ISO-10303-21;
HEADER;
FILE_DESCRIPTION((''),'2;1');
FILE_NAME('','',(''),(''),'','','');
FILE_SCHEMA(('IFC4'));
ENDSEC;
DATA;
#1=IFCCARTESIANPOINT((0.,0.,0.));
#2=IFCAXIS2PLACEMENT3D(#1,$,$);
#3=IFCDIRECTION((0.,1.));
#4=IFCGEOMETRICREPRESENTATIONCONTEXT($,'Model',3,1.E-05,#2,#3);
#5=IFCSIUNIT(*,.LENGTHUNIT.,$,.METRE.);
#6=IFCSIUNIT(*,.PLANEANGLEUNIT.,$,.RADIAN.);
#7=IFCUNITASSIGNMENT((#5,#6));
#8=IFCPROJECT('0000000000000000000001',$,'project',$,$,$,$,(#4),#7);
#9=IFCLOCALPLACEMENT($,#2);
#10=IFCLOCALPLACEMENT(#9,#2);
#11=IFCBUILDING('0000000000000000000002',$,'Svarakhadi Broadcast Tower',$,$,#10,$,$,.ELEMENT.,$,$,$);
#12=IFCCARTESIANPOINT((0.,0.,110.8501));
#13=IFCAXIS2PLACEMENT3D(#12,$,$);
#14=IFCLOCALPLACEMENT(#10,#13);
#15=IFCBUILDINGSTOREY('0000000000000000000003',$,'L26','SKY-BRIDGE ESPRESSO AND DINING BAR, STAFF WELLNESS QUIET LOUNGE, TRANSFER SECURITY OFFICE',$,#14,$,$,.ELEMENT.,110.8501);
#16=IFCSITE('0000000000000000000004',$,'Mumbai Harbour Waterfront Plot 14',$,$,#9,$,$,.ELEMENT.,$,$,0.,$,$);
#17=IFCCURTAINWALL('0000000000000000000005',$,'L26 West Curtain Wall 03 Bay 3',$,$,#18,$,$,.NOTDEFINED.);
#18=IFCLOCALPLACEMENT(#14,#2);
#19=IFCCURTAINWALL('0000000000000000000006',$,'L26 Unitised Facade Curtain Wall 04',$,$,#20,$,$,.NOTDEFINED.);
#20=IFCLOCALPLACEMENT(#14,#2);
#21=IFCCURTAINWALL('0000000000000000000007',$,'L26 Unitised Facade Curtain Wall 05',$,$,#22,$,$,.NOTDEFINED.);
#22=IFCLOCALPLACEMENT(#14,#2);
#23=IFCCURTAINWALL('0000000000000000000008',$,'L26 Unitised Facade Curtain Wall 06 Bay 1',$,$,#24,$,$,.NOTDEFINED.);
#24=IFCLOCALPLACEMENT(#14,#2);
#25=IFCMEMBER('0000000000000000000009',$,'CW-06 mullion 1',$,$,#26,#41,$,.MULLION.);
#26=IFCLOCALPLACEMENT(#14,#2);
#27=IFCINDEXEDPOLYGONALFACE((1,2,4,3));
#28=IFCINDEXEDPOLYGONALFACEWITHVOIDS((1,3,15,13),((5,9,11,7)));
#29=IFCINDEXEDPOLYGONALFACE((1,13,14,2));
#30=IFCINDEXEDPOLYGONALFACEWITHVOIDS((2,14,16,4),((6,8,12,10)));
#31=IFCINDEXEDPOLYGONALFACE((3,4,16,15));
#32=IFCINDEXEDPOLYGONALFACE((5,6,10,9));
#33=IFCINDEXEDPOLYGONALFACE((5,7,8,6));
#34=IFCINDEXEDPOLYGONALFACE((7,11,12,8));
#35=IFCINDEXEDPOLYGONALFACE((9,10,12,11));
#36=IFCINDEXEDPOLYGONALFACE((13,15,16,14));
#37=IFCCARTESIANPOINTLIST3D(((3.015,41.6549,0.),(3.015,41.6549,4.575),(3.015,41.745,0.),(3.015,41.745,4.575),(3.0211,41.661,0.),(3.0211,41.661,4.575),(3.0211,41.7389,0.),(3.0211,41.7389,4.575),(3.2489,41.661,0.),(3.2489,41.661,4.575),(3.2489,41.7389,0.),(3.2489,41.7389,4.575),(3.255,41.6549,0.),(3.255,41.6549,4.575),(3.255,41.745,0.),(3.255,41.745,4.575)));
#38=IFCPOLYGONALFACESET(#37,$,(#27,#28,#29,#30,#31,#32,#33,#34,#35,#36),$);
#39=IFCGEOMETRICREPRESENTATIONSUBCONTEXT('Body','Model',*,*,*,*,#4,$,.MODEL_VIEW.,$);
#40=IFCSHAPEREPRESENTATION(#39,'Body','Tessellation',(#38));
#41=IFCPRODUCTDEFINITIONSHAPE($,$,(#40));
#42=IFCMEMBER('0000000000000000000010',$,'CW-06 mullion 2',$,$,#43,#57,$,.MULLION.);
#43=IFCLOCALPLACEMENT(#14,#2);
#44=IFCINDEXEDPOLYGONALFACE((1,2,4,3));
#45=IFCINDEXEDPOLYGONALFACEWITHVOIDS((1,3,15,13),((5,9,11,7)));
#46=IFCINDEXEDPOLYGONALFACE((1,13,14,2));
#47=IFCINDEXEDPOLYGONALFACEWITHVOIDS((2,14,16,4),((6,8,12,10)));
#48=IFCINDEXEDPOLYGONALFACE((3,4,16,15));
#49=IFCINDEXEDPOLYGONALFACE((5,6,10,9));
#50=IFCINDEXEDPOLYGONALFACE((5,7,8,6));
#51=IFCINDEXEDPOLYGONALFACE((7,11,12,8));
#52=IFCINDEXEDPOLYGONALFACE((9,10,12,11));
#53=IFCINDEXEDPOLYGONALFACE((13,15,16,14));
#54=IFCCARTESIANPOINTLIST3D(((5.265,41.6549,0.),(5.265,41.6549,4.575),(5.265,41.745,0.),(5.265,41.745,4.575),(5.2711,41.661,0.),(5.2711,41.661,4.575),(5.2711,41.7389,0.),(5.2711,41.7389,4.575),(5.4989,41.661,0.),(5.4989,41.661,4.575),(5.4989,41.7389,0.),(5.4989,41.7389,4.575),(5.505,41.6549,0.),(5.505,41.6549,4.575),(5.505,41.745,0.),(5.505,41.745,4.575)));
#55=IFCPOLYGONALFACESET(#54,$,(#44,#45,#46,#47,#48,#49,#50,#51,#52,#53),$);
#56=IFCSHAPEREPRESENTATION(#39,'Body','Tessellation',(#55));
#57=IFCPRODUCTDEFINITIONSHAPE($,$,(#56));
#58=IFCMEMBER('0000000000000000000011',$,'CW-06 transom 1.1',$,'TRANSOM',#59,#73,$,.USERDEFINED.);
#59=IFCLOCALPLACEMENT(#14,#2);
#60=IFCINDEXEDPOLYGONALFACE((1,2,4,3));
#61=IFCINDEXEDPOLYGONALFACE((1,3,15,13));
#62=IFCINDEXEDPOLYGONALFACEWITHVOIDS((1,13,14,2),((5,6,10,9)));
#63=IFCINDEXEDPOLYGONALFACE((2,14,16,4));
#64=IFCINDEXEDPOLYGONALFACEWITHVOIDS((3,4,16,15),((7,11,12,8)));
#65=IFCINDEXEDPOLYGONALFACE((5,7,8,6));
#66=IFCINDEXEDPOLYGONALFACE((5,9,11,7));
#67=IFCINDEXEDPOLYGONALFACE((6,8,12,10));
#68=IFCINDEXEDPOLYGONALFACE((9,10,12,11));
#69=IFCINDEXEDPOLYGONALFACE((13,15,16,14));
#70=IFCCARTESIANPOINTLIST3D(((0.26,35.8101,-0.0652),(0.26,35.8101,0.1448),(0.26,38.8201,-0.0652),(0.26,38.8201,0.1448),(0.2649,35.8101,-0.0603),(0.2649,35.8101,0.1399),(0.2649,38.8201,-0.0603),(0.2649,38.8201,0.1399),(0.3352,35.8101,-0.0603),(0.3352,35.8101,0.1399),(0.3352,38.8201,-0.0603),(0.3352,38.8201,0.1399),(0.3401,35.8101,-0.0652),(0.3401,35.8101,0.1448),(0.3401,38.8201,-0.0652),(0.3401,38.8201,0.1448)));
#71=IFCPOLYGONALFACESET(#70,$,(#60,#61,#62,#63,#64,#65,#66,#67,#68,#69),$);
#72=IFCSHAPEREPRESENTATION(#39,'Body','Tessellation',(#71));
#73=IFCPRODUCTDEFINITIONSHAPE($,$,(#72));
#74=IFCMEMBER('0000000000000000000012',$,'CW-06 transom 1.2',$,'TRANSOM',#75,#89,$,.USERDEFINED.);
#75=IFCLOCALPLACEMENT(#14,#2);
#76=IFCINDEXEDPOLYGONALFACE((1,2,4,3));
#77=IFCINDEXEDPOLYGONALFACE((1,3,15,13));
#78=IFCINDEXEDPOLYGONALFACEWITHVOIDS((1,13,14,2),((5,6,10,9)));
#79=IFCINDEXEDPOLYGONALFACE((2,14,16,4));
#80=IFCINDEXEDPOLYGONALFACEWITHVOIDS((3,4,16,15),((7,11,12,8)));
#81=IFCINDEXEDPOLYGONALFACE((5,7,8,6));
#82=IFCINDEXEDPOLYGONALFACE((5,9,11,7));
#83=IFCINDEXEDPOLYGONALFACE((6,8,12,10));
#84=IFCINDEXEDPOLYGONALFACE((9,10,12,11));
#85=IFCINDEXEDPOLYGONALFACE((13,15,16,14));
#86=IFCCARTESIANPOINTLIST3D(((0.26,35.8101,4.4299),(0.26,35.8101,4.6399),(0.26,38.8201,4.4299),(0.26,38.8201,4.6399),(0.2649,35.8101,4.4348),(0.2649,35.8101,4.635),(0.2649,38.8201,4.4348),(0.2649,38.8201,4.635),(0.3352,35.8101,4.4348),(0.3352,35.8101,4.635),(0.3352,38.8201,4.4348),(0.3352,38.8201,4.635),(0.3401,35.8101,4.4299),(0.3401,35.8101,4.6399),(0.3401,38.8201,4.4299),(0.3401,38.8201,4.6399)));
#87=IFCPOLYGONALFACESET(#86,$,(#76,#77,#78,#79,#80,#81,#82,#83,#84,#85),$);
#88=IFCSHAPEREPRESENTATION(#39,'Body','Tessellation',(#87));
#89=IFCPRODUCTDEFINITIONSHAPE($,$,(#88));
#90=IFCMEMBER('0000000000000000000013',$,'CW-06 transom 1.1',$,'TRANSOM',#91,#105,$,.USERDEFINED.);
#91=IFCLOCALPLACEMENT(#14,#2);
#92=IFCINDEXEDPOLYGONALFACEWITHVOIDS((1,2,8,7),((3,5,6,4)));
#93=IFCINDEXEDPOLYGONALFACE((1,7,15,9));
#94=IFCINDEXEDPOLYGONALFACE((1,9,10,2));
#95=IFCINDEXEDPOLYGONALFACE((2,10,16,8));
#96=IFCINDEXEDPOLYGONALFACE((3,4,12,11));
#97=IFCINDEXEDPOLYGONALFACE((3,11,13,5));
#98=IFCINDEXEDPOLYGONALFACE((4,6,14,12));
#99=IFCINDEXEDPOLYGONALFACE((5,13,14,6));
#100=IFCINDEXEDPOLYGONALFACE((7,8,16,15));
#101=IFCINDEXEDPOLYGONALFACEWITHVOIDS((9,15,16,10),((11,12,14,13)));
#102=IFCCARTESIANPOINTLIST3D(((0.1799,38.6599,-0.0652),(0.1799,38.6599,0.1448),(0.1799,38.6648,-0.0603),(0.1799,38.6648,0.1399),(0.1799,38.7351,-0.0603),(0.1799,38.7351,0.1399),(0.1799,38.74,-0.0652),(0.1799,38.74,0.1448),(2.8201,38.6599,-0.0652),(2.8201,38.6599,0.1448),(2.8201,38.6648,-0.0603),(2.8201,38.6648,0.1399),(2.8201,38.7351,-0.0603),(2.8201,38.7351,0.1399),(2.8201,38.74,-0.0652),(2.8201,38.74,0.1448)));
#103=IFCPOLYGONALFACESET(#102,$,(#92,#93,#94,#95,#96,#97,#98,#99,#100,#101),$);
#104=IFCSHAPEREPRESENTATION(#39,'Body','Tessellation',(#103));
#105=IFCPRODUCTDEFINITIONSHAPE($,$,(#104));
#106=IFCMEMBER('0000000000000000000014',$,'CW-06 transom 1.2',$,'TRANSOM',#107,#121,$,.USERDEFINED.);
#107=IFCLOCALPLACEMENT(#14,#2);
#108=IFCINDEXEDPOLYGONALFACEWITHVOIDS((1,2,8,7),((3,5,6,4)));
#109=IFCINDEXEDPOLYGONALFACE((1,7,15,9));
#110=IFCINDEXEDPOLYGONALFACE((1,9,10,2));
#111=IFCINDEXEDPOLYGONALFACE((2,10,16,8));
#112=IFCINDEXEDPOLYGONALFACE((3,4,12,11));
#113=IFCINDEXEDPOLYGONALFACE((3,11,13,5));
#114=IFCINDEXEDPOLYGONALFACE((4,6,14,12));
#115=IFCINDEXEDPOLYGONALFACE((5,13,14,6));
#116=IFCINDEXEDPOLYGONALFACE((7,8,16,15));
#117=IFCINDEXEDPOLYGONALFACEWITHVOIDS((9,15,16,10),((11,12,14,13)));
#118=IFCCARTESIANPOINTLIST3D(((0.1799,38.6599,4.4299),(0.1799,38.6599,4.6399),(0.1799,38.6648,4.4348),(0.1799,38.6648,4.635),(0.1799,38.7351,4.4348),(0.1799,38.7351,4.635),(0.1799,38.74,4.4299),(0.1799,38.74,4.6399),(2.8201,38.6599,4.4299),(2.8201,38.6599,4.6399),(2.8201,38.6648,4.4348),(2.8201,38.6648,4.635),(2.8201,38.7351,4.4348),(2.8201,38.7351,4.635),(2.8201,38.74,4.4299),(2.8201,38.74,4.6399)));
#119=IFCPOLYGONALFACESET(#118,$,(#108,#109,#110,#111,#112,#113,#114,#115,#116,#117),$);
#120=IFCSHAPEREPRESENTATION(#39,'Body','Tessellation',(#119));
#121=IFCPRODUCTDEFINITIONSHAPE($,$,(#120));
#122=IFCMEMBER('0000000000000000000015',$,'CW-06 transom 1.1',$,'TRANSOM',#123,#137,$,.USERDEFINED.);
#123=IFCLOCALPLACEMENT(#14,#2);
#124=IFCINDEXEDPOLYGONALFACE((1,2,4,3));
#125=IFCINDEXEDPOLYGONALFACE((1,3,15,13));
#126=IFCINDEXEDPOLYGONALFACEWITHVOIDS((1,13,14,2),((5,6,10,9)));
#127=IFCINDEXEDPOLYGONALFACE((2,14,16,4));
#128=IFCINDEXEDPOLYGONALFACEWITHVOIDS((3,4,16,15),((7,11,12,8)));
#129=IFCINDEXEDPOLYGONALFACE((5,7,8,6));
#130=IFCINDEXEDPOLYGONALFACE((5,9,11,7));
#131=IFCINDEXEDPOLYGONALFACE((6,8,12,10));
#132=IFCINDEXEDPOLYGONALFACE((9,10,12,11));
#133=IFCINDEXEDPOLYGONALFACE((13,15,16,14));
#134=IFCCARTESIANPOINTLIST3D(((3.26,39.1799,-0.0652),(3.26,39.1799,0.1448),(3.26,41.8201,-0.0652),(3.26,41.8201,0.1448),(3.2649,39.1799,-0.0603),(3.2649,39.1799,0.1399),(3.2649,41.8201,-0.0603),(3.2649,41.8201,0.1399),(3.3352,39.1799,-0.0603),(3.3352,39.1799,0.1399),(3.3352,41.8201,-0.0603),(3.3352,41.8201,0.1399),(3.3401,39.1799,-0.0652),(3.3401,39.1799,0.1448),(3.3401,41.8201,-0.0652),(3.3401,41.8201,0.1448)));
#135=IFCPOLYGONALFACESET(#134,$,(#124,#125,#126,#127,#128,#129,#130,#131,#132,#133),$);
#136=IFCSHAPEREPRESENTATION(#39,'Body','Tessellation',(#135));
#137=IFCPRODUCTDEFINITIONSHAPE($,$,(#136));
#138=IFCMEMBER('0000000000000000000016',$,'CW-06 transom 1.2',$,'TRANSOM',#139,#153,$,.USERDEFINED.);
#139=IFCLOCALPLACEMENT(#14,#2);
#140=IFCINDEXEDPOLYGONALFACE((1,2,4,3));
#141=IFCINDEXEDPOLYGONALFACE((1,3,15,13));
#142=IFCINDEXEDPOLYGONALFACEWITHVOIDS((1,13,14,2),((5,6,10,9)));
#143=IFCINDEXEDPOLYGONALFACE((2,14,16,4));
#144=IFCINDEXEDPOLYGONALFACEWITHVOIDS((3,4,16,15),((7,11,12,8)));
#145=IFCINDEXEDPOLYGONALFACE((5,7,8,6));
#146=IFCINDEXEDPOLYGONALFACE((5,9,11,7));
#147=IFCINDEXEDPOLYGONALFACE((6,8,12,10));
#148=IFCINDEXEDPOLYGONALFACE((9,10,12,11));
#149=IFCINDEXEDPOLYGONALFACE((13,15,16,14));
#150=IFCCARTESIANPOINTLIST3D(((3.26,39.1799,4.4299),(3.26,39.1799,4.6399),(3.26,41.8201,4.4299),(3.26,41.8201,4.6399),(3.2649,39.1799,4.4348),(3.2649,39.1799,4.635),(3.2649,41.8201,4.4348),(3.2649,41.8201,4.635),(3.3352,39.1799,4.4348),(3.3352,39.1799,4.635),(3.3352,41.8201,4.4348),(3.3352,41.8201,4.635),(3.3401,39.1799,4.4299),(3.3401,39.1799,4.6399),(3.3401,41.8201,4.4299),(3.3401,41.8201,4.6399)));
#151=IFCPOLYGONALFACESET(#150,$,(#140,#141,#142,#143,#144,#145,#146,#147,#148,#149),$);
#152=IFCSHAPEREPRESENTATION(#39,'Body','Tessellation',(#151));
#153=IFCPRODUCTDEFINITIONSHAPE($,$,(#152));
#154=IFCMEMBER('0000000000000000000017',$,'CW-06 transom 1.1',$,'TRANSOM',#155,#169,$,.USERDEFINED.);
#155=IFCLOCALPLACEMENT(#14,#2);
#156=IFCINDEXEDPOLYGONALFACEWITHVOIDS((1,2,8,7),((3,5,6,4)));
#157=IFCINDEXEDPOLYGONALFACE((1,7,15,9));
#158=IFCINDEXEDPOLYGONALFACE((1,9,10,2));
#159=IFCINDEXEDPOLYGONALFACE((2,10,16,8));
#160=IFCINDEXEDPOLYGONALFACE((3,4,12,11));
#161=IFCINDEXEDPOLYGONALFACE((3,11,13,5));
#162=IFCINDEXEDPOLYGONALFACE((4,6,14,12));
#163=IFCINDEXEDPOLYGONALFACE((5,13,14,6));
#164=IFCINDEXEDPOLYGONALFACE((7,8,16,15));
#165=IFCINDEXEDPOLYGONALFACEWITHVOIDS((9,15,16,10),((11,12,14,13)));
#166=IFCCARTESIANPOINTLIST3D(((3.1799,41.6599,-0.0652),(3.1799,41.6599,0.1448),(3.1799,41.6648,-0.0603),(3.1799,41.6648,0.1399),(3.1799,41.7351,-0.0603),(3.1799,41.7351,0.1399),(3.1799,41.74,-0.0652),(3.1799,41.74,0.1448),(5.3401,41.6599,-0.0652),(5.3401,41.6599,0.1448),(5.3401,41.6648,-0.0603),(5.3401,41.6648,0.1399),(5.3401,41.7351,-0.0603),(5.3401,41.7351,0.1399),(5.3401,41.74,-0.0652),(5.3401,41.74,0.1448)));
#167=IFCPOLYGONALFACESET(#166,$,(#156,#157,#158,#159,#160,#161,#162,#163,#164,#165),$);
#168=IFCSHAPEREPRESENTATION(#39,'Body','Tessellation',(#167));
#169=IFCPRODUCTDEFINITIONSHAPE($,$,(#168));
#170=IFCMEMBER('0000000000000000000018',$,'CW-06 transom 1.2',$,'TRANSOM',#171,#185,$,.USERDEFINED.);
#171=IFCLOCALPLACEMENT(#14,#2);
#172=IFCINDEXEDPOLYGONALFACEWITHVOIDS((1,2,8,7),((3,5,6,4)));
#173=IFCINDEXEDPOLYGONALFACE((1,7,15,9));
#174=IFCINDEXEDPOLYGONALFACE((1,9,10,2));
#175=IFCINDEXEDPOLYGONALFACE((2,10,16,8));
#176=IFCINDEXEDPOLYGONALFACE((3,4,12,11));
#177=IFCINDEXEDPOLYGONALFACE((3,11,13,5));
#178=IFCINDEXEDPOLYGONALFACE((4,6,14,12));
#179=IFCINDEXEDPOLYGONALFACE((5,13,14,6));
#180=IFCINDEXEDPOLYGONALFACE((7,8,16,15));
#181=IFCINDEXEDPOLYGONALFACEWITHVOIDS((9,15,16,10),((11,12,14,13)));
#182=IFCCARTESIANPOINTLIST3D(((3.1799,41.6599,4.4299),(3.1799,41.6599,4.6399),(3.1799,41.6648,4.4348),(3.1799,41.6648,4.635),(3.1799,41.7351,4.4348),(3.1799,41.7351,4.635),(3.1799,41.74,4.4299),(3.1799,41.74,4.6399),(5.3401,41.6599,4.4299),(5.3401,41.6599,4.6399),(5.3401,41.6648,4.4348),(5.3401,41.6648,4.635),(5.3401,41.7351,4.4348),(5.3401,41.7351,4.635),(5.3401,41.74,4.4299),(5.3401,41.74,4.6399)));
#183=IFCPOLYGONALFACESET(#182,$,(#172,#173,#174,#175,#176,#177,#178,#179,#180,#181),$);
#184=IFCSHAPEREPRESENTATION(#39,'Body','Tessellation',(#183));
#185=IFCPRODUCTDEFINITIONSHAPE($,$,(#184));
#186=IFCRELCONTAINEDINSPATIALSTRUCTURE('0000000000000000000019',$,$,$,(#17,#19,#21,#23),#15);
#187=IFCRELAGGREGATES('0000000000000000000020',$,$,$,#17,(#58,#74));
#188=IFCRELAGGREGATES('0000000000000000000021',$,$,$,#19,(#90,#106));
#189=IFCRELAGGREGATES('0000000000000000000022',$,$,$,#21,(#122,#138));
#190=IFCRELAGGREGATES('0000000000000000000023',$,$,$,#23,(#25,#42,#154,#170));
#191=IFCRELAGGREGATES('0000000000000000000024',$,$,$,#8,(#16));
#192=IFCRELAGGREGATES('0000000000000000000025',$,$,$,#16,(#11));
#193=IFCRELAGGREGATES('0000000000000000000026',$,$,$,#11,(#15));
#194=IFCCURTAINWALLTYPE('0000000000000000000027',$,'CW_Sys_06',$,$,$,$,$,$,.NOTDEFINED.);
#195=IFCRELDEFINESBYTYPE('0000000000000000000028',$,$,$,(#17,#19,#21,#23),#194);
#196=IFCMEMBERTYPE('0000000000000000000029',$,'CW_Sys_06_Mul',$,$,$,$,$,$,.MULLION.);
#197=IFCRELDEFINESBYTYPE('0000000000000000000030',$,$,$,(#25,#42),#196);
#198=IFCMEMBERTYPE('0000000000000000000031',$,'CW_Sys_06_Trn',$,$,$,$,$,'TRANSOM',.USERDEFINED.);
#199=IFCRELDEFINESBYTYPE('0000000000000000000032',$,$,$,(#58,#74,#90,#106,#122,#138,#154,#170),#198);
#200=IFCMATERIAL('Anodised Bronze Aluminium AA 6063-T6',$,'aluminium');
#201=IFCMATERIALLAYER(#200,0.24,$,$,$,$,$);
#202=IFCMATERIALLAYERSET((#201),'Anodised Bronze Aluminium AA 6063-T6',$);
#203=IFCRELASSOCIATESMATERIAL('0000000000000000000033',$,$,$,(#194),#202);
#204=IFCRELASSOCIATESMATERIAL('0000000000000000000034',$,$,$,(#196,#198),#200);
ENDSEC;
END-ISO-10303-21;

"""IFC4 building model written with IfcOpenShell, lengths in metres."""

from ifc_helpers import new_model, si_unit, direction, frame, origin, origin_2d, place, context, subcontext, project, spatial, hollow_rectangle, extrude, material, layer, layer_set, material_profile, profile_set, type_object, element, aggregate, save


model = new_model("IFC4")

# Units and contexts
model_context = context("Model", 3, precision=1e-05, world=origin(), true_north=direction((0.0, 1.0)))
body_context = subcontext(model_context, "Body", "Model", "MODEL_VIEW")
ifc_project = project(units=[si_unit("LENGTHUNIT", "METRE"), si_unit("PLANEANGLEUNIT", "RADIAN")], contexts=[model_context])

# Site, building, storey
site_placement = place(None, origin())
site = spatial("IfcSite", under=ifc_project, at=site_placement, Name="Mumbai Harbour Waterfront Plot 14", CompositionType="ELEMENT", RefElevation=0.0)
building_placement = place(site_placement, origin())
building = spatial("IfcBuilding", under=site, at=building_placement, Name="Svarakhadi Broadcast Tower", CompositionType="ELEMENT")
storey_placement = place(building_placement, frame((0.0, 0.0, 110.8501)))
storey = spatial("IfcBuildingStorey", under=building, at=storey_placement, Name="L26", Description="SKY-BRIDGE ESPRESSO AND DINING BAR, STAFF WELLNESS QUIET LOUNGE, TRANSFER SECURITY OFFICE", CompositionType="ELEMENT", Elevation=110.8501)

# Shared definitions
ifc_material_1 = material(Name="Anodised Bronze Aluminium AA 6063-T6", Category="aluminium")
ifc_layer_1 = layer(ifc_material_1, 0.24)
ifc_layer_set_1 = layer_set([ifc_layer_1], Name="Anodised Bronze Aluminium AA 6063-T6")
curtain_wall_type = type_object("IfcCurtainWallType", Name="CW_Sys_06", PredefinedType="NOTDEFINED", material=ifc_layer_set_1)
ifc_material_profile_1 = material_profile(ifc_material_1, hollow_rectangle(XDim=0.0901, YDim=0.24, WallThickness=0.0061, at=origin_2d()), Name="ALU MULLION 240x90x6")
ifc_profile_set_1 = profile_set([ifc_material_profile_1], Name="Anodised Bronze Aluminium AA 6063-T6")
member_type_1 = type_object("IfcMemberType", Name="CW_Sys_06_Mul", PredefinedType="MULLION", material=ifc_profile_set_1)

# Curtain walls, members
curtain_wall_1_placement = place(storey_placement, origin())
curtain_wall_1 = element("IfcCurtainWall", 1, at=curtain_wall_1_placement, inside=storey, type_object=curtain_wall_type, Name="L26 West Curtain Wall 03 Bay 3", PredefinedType="NOTDEFINED")
curtain_wall_2_placement = place(storey_placement, origin())
curtain_wall_2 = element("IfcCurtainWall", 2, at=curtain_wall_2_placement, inside=storey, type_object=curtain_wall_type, Name="L26 Unitised Facade Curtain Wall 04", PredefinedType="NOTDEFINED")
curtain_wall_3_placement = place(storey_placement, origin())
curtain_wall_3 = element("IfcCurtainWall", 3, at=curtain_wall_3_placement, inside=storey, type_object=curtain_wall_type, Name="L26 Unitised Facade Curtain Wall 05", PredefinedType="NOTDEFINED")
curtain_wall_4_placement = place(storey_placement, origin())
curtain_wall_4 = element("IfcCurtainWall", 4, at=curtain_wall_4_placement, inside=storey, type_object=curtain_wall_type, Name="L26 Unitised Facade Curtain Wall 06 Bay 1", PredefinedType="NOTDEFINED")
member_1_placement = place(storey_placement, frame((3.135, 41.7, 0.0), z_axis=(0.0, 0.0, 1.0), x_axis=(0.0, 1.0, 0.0)))
member_1 = element("IfcMember", 5, at=member_1_placement, type_object=member_type_1, Name="CW-06 mullion 1", PredefinedType="MULLION", context=body_context, shape_type="SweptSolid", body=[
    extrude(hollow_rectangle(XDim=0.0901, YDim=0.24, WallThickness=0.0061, at=origin_2d()), origin(), (0.0, 0.0, 1.0), 4.575),
])
member_2_placement = place(storey_placement, frame((5.385, 41.7, 0.0), z_axis=(0.0, 0.0, 1.0), x_axis=(0.0, 1.0, 0.0)))
member_2 = element("IfcMember", 6, at=member_2_placement, type_object=member_type_1, Name="CW-06 mullion 2", PredefinedType="MULLION", context=body_context, shape_type="SweptSolid", body=[
    extrude(hollow_rectangle(XDim=0.0901, YDim=0.24, WallThickness=0.0061, at=origin_2d()), origin(), (0.0, 0.0, 1.0), 4.575),
])

# Members
ifc_material_profile_2 = material_profile(ifc_material_1, hollow_rectangle(XDim=0.0801, YDim=0.21, WallThickness=0.0049, at=origin_2d()), Name="ALU TRANSOM 210x80x5")
ifc_profile_set_2 = profile_set([ifc_material_profile_2], Name="Anodised Bronze Aluminium AA 6063-T6")
member_type_2 = type_object("IfcMemberType", Name="CW_Sys_06_Trn", ElementType="TRANSOM", PredefinedType="USERDEFINED", material=ifc_profile_set_2)
member_3_placement = place(storey_placement, frame((0.3, 35.8101, 0.0398), z_axis=(0.0, 1.0, 0.0), x_axis=(-1.0, 0.0, 0.0)))
member_3 = element("IfcMember", 7, at=member_3_placement, type_object=member_type_2, Name="CW-06 transom 1.1", ObjectType="TRANSOM", PredefinedType="USERDEFINED", context=body_context, shape_type="SweptSolid", body=[
    extrude(hollow_rectangle(XDim=0.0801, YDim=0.21, WallThickness=0.0049, at=origin_2d()), origin(), (0.0, 0.0, 1.0), 3.01),
])
member_4_placement = place(storey_placement, frame((0.3, 35.8101, 4.5349), z_axis=(0.0, 1.0, 0.0), x_axis=(-1.0, 0.0, 0.0)))
member_4 = element("IfcMember", 8, at=member_4_placement, type_object=member_type_2, Name="CW-06 transom 1.2", ObjectType="TRANSOM", PredefinedType="USERDEFINED", context=body_context, shape_type="SweptSolid", body=[
    extrude(hollow_rectangle(XDim=0.0801, YDim=0.21, WallThickness=0.0049, at=origin_2d()), origin(), (0.0, 0.0, 1.0), 3.01),
])
member_5_placement = place(storey_placement, frame((0.1799, 38.7, 0.0398), z_axis=(1.0, 0.0, 0.0), x_axis=(0.0, 1.0, 0.0)))
member_5 = element("IfcMember", 9, at=member_5_placement, type_object=member_type_2, Name="CW-06 transom 1.1", ObjectType="TRANSOM", PredefinedType="USERDEFINED", context=body_context, shape_type="SweptSolid", body=[
    extrude(hollow_rectangle(XDim=0.0801, YDim=0.21, WallThickness=0.0049, at=origin_2d()), origin(), (0.0, 0.0, 1.0), 2.6401),
])
member_6_placement = place(storey_placement, frame((0.1799, 38.7, 4.5349), z_axis=(1.0, 0.0, 0.0), x_axis=(0.0, 1.0, 0.0)))
member_6 = element("IfcMember", 10, at=member_6_placement, type_object=member_type_2, Name="CW-06 transom 1.2", ObjectType="TRANSOM", PredefinedType="USERDEFINED", context=body_context, shape_type="SweptSolid", body=[
    extrude(hollow_rectangle(XDim=0.0801, YDim=0.21, WallThickness=0.0049, at=origin_2d()), origin(), (0.0, 0.0, 1.0), 2.6401),
])
member_7_placement = place(storey_placement, frame((3.3, 39.1799, 0.0398), z_axis=(0.0, 1.0, 0.0), x_axis=(-1.0, 0.0, 0.0)))
member_7 = element("IfcMember", 11, at=member_7_placement, type_object=member_type_2, Name="CW-06 transom 1.1", ObjectType="TRANSOM", PredefinedType="USERDEFINED", context=body_context, shape_type="SweptSolid", body=[
    extrude(hollow_rectangle(XDim=0.0801, YDim=0.21, WallThickness=0.0049, at=origin_2d()), origin(), (0.0, 0.0, 1.0), 2.6401),
])
member_8_placement = place(storey_placement, frame((3.3, 39.1799, 4.5349), z_axis=(0.0, 1.0, 0.0), x_axis=(-1.0, 0.0, 0.0)))
member_8 = element("IfcMember", 12, at=member_8_placement, type_object=member_type_2, Name="CW-06 transom 1.2", ObjectType="TRANSOM", PredefinedType="USERDEFINED", context=body_context, shape_type="SweptSolid", body=[
    extrude(hollow_rectangle(XDim=0.0801, YDim=0.21, WallThickness=0.0049, at=origin_2d()), origin(), (0.0, 0.0, 1.0), 2.6401),
])
member_9_placement = place(storey_placement, frame((3.1799, 41.7, 0.0398), z_axis=(1.0, 0.0, 0.0), x_axis=(0.0, 1.0, 0.0)))
member_9 = element("IfcMember", 13, at=member_9_placement, type_object=member_type_2, Name="CW-06 transom 1.1", ObjectType="TRANSOM", PredefinedType="USERDEFINED", context=body_context, shape_type="SweptSolid", body=[
    extrude(hollow_rectangle(XDim=0.0801, YDim=0.21, WallThickness=0.0049, at=origin_2d()), origin(), (0.0, 0.0, 1.0), 2.1602),
])
member_10_placement = place(storey_placement, frame((3.1799, 41.7, 4.5349), z_axis=(1.0, 0.0, 0.0), x_axis=(0.0, 1.0, 0.0)))
member_10 = element("IfcMember", 14, at=member_10_placement, type_object=member_type_2, Name="CW-06 transom 1.2", ObjectType="TRANSOM", PredefinedType="USERDEFINED", context=body_context, shape_type="SweptSolid", body=[
    extrude(hollow_rectangle(XDim=0.0801, YDim=0.21, WallThickness=0.0049, at=origin_2d()), origin(), (0.0, 0.0, 1.0), 2.1602),
])

aggregate(curtain_wall_1, [member_3, member_4])
aggregate(curtain_wall_2, [member_5, member_6])
aggregate(curtain_wall_3, [member_7, member_8])
aggregate(curtain_wall_4, [member_1, member_2, member_9, member_10])

save(model, "model.ifc")
